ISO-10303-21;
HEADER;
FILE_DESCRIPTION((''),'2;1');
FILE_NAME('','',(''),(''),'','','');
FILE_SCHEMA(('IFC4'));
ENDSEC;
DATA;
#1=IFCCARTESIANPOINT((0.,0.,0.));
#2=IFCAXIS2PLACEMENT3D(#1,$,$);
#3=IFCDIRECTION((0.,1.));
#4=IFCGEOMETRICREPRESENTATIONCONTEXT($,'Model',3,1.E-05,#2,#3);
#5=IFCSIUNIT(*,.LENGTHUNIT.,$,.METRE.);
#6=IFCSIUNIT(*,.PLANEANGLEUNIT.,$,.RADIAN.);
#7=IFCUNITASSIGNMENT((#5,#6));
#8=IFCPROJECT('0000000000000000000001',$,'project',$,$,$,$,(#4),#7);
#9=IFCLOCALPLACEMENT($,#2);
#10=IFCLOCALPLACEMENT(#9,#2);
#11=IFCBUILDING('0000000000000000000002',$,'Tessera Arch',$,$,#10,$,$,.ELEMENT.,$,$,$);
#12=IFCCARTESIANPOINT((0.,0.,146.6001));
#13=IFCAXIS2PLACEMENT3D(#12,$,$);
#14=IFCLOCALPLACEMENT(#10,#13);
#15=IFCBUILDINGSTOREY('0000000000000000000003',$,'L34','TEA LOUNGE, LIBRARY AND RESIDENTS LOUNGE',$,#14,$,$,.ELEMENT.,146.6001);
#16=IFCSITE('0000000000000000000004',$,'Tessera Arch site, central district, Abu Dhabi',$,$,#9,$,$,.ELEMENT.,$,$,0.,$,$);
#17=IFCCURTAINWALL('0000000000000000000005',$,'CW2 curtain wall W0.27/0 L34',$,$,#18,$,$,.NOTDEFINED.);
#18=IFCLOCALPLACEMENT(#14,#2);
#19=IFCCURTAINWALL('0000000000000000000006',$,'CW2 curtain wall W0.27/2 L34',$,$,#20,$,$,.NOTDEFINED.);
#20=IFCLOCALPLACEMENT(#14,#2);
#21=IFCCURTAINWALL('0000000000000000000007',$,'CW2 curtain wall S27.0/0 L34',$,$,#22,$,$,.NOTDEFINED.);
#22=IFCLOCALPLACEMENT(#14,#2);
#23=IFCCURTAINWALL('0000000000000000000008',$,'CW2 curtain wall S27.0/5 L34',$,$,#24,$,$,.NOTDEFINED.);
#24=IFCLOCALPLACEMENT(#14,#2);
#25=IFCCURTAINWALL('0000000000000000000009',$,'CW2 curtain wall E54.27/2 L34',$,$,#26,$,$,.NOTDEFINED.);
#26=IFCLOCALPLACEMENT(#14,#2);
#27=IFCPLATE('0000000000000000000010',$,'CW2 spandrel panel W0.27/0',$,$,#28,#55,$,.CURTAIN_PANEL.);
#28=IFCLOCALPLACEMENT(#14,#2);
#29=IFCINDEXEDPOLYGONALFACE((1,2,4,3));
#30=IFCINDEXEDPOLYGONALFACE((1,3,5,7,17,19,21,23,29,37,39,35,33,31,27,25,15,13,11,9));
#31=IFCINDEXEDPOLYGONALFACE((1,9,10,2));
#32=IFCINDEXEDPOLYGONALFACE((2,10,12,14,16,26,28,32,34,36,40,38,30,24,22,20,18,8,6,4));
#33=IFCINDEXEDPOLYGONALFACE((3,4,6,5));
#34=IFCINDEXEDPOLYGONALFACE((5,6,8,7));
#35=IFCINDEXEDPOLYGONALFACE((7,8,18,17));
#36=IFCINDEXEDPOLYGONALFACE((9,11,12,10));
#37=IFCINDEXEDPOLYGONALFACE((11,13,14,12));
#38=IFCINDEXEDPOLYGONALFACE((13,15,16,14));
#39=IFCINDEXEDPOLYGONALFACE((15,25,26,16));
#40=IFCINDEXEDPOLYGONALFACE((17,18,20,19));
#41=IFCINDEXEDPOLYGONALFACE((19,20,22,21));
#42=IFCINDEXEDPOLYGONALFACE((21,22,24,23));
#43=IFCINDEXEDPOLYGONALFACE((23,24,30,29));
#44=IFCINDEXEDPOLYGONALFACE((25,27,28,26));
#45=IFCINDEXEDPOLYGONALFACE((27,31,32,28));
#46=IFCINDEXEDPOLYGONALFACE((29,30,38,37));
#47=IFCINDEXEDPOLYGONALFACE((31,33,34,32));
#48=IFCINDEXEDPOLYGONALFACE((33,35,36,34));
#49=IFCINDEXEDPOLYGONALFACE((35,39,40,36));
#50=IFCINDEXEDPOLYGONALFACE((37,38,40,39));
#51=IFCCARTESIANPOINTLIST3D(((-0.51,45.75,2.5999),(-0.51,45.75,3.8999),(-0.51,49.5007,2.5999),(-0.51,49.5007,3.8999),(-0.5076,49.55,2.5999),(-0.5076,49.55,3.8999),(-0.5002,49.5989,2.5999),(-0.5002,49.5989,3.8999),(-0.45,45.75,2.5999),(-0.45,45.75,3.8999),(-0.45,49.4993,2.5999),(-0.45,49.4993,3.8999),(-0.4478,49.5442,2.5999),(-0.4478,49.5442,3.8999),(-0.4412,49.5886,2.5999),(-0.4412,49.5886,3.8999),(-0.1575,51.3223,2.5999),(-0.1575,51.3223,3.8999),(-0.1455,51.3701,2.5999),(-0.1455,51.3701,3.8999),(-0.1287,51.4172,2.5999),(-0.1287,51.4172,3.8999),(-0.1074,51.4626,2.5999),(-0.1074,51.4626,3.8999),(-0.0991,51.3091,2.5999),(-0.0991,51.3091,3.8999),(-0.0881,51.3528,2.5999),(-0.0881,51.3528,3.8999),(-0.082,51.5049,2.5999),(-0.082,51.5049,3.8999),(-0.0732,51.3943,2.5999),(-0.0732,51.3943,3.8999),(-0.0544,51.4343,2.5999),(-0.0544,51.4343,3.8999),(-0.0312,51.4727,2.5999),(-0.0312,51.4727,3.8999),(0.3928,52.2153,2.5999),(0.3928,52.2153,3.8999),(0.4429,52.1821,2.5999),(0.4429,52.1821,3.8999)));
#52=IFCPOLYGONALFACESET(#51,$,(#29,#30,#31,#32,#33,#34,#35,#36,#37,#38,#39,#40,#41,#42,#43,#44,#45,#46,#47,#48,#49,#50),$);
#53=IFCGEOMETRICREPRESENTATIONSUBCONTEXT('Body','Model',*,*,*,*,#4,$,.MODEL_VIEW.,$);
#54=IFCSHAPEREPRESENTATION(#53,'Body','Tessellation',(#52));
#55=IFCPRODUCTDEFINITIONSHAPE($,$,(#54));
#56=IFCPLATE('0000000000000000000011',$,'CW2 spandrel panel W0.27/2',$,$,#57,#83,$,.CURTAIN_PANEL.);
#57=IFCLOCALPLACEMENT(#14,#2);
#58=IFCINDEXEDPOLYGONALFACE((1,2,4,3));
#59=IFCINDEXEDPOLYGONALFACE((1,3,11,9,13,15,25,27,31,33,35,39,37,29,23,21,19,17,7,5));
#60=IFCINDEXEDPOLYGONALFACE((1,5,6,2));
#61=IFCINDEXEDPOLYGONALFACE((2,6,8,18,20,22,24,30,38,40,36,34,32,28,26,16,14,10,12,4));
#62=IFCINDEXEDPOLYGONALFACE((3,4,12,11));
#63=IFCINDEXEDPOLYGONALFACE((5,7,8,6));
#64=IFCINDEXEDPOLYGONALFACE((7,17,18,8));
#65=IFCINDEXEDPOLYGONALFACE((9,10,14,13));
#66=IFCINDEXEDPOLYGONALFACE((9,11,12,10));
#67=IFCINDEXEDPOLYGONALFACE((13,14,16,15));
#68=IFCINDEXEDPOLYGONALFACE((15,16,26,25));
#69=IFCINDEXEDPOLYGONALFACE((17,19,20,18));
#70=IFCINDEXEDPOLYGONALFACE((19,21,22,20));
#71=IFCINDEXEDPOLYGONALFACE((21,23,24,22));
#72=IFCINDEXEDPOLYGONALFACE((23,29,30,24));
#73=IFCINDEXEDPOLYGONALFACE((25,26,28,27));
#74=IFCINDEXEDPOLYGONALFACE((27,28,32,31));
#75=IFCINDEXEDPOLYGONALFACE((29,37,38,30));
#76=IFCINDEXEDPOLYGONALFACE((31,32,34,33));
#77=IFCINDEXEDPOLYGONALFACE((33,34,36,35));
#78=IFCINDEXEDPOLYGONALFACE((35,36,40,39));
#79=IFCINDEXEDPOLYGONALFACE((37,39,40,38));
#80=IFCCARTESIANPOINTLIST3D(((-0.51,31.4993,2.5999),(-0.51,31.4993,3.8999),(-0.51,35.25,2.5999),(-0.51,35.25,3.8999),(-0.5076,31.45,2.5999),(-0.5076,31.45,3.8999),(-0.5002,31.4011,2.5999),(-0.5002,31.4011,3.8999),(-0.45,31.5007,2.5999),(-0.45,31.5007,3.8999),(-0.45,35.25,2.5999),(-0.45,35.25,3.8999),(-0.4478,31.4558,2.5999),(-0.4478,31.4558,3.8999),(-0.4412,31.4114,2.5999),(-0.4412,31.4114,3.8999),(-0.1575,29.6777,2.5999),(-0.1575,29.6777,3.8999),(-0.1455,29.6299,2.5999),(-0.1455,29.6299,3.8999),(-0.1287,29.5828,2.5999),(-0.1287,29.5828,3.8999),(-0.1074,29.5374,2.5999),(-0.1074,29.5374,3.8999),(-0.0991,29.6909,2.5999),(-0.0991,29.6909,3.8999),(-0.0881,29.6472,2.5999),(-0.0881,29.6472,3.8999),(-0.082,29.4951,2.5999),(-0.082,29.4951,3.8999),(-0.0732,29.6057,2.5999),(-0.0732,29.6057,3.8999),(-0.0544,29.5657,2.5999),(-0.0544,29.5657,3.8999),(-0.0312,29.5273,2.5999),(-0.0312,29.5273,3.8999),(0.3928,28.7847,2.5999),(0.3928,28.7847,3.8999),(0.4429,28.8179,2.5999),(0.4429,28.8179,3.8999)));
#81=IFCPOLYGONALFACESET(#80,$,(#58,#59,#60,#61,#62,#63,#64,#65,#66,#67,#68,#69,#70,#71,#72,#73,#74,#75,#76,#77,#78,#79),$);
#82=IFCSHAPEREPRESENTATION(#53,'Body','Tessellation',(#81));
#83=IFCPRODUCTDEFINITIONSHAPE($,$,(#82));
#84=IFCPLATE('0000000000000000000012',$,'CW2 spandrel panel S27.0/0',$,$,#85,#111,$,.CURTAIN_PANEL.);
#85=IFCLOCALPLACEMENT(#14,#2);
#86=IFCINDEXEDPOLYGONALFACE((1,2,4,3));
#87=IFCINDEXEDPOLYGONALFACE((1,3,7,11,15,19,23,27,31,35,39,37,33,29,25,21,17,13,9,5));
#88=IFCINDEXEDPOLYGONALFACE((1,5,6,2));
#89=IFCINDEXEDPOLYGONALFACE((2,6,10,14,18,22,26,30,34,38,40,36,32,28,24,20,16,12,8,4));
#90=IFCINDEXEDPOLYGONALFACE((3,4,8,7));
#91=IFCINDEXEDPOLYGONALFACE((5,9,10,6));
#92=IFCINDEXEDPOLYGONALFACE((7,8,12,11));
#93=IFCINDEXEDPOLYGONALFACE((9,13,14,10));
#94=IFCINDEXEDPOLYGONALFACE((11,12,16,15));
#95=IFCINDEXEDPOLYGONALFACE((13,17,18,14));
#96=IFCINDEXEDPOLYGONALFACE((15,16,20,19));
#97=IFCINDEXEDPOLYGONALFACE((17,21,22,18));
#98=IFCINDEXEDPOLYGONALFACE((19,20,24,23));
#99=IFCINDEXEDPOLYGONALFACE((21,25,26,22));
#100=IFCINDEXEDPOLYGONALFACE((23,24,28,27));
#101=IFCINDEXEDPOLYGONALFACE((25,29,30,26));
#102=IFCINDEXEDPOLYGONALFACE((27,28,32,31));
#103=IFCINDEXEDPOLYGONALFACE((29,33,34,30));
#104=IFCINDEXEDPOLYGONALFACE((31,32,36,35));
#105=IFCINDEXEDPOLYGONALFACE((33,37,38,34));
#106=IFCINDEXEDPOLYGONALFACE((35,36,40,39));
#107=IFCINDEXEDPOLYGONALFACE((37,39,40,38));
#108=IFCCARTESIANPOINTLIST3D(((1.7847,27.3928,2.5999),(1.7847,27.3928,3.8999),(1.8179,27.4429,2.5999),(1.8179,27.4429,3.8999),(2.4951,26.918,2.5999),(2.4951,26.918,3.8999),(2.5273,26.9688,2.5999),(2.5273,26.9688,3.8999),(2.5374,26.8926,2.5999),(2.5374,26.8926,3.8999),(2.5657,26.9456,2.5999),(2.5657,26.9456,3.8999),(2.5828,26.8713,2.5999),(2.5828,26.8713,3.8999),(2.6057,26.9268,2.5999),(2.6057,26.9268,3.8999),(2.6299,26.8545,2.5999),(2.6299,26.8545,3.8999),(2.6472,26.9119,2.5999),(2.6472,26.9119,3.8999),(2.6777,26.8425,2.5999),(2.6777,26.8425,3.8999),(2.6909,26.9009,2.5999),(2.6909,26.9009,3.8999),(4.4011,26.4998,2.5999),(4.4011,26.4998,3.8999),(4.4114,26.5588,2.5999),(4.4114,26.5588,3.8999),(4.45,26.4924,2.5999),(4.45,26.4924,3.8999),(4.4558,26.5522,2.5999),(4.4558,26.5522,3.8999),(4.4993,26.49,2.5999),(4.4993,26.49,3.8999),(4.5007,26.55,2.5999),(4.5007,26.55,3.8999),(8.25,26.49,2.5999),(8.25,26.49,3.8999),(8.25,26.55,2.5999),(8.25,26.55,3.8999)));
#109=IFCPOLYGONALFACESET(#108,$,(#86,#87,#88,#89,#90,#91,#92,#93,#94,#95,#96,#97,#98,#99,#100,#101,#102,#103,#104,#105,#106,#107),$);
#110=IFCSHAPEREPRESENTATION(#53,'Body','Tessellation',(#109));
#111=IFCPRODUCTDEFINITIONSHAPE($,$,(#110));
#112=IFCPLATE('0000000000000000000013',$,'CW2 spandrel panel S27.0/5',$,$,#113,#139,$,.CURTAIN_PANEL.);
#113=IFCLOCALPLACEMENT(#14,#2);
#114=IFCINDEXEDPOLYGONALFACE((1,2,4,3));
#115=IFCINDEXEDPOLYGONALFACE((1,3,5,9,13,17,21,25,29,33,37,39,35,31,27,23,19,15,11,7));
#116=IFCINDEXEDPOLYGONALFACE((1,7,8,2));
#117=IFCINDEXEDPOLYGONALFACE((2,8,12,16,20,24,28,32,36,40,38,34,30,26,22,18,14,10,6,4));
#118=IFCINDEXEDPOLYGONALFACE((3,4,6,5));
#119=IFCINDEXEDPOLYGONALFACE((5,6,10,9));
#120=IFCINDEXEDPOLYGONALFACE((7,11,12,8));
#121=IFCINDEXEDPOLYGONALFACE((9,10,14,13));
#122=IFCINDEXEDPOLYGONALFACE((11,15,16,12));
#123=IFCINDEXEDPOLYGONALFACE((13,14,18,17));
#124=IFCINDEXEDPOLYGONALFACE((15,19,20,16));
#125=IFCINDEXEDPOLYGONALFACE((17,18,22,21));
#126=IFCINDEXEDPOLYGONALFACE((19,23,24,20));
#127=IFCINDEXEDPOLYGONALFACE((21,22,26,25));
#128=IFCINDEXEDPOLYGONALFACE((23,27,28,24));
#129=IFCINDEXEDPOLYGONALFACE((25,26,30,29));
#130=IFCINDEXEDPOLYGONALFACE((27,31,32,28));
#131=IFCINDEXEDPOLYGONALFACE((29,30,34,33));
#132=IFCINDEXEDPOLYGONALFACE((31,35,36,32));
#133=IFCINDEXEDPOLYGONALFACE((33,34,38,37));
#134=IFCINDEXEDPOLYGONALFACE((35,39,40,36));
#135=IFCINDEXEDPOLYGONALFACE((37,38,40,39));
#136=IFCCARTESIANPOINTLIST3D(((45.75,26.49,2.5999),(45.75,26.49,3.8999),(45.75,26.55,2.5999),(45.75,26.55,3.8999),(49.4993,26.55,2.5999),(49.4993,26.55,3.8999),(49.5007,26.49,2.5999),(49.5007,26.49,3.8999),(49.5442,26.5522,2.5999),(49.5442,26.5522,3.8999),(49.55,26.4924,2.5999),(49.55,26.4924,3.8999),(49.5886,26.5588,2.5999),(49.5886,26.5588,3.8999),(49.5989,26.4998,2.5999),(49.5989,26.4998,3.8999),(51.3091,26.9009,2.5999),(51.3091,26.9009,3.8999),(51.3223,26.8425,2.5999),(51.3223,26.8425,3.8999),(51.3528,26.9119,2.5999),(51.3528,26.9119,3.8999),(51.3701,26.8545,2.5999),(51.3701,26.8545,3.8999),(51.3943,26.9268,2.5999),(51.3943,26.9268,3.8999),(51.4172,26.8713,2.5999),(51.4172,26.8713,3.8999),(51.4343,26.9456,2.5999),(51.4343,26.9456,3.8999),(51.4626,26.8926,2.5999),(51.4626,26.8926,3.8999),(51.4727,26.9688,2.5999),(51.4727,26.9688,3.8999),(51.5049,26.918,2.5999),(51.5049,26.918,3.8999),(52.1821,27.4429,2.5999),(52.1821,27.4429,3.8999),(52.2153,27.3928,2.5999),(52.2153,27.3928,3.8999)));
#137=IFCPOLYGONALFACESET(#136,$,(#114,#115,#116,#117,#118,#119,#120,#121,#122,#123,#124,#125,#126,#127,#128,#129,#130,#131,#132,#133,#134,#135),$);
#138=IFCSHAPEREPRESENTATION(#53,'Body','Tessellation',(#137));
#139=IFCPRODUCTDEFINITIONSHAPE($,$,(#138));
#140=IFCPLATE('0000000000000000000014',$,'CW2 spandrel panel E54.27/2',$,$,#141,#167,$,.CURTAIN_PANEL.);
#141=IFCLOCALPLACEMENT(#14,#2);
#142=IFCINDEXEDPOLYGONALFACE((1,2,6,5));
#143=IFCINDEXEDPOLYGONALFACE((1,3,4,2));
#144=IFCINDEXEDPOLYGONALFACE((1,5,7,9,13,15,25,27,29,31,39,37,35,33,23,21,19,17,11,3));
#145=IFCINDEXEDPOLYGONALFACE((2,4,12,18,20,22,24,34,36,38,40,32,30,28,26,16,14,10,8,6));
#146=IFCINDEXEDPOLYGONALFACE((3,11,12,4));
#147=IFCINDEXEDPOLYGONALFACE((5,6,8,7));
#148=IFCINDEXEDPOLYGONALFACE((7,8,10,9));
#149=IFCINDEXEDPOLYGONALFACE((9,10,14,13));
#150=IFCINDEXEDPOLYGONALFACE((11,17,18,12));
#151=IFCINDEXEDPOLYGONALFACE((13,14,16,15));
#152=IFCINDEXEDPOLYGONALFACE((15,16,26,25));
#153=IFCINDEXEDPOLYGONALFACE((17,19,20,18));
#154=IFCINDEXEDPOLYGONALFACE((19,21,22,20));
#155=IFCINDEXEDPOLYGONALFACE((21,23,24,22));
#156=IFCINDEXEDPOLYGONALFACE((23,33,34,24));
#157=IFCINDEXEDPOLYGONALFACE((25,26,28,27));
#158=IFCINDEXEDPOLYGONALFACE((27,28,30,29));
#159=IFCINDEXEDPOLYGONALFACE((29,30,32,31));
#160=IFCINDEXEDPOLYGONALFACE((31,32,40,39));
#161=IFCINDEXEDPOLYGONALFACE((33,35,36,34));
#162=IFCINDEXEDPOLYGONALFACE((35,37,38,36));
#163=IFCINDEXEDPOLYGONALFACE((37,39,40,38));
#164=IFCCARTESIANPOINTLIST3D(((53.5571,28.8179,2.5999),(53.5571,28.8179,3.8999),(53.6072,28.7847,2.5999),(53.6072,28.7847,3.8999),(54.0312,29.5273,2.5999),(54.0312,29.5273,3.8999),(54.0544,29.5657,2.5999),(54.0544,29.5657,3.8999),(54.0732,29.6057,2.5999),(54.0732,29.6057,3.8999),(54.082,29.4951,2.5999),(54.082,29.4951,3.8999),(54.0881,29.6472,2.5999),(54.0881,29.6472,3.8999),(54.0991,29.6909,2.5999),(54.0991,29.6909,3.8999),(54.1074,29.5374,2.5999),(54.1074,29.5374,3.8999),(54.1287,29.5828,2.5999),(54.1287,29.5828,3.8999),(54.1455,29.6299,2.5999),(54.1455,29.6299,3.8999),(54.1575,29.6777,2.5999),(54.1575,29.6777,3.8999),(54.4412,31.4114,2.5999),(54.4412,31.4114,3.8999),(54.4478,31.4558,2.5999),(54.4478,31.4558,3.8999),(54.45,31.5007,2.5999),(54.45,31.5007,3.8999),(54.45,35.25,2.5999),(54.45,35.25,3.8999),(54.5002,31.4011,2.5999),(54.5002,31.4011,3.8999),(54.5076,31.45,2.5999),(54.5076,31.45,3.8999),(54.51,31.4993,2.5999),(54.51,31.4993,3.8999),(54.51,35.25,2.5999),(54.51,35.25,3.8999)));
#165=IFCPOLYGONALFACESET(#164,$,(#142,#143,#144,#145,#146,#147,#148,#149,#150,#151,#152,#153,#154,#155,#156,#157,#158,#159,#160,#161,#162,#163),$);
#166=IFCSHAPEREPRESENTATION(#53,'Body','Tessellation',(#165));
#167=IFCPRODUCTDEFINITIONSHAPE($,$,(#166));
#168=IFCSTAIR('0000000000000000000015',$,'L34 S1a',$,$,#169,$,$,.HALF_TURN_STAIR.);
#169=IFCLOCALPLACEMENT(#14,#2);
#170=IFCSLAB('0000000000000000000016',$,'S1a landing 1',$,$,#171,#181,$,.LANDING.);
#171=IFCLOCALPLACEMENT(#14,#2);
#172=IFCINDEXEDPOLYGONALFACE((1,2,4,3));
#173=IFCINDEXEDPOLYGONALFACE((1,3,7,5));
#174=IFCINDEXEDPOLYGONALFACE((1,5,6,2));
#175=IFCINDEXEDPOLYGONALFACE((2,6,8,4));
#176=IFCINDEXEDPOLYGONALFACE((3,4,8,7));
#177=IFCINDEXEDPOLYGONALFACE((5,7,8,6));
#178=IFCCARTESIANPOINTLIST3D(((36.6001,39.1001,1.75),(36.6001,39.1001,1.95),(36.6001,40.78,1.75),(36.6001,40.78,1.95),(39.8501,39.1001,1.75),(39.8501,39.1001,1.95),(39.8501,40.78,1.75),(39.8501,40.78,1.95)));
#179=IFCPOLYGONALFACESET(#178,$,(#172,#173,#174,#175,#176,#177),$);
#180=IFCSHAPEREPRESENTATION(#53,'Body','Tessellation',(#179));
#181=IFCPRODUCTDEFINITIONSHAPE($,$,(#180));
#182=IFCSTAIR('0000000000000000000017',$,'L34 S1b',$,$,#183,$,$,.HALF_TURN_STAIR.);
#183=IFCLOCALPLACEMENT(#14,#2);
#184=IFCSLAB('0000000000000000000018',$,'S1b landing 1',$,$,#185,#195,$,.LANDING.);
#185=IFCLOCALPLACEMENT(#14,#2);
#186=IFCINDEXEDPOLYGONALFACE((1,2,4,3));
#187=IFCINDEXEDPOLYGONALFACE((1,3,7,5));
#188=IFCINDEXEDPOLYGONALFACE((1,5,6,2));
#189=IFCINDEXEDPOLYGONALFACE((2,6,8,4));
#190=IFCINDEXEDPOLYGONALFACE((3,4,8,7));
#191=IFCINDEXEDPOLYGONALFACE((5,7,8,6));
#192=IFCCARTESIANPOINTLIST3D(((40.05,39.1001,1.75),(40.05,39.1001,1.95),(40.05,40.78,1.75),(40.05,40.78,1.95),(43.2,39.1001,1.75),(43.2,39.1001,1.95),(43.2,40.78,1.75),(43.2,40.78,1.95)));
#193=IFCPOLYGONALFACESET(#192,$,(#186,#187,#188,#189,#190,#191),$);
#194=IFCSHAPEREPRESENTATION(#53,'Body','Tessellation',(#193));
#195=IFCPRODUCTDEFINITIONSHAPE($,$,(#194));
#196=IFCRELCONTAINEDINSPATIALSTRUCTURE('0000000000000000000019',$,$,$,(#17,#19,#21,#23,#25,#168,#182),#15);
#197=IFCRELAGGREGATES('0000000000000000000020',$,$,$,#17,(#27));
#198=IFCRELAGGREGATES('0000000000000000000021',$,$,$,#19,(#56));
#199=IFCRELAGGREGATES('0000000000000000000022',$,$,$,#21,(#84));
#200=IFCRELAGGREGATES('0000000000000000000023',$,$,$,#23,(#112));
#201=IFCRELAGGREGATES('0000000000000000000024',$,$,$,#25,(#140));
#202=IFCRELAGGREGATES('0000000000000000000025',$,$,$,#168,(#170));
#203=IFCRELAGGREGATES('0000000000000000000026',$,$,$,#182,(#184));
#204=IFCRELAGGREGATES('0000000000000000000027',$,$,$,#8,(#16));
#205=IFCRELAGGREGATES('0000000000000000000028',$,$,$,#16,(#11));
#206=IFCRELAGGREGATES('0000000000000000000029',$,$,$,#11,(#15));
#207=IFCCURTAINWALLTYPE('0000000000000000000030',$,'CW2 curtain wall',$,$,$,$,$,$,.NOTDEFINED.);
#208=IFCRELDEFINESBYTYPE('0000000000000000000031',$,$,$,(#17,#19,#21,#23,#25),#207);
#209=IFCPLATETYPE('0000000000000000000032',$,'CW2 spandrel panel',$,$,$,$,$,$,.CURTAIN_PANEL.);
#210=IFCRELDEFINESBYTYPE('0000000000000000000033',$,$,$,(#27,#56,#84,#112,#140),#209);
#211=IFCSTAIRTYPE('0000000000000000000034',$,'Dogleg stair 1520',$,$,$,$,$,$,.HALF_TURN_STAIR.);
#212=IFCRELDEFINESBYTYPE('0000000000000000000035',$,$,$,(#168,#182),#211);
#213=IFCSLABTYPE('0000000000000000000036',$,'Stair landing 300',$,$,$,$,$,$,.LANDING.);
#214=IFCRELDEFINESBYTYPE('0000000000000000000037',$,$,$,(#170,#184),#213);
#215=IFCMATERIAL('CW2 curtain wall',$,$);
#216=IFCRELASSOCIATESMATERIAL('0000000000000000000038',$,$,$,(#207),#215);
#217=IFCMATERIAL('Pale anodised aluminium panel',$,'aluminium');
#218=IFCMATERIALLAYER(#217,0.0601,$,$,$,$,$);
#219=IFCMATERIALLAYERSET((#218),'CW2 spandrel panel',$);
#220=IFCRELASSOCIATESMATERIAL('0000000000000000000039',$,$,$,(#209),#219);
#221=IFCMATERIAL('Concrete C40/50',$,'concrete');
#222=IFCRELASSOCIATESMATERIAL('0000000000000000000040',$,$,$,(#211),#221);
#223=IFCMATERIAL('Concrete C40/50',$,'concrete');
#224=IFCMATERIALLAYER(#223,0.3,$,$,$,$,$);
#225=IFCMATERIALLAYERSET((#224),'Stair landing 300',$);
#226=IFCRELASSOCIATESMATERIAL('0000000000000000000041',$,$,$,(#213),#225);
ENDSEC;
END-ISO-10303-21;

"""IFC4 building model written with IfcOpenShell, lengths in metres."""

from ifc_helpers import new_model, si_unit, direction, frame, origin, place, context, subcontext, project, spatial, polyline, outline, extrude, material, layer, layer_set, type_object, element, aggregate, save


model = new_model("IFC4")

# Units and contexts
model_context = context("Model", 3, precision=1e-05, world=origin(), true_north=direction((0.0, 1.0)))
body_context = subcontext(model_context, "Body", "Model", "MODEL_VIEW")
ifc_project = project(units=[si_unit("LENGTHUNIT", "METRE"), si_unit("PLANEANGLEUNIT", "RADIAN")], contexts=[model_context])

# Site, building, storey
site_placement = place(None, origin())
site = spatial("IfcSite", under=ifc_project, at=site_placement, Name="Tessera Arch site, central district, Abu Dhabi", CompositionType="ELEMENT", RefElevation=0.0)
building_placement = place(site_placement, origin())
building = spatial("IfcBuilding", under=site, at=building_placement, Name="Tessera Arch", CompositionType="ELEMENT")
storey_placement = place(building_placement, frame((0.0, 0.0, 146.6001)))
storey = spatial("IfcBuildingStorey", under=building, at=storey_placement, Name="L34", Description="TEA LOUNGE, LIBRARY AND RESIDENTS LOUNGE", CompositionType="ELEMENT", Elevation=146.6001)

# Curtain walls
ifc_material_1 = material(Name="CW2 curtain wall")
curtain_wall_type_1 = type_object("IfcCurtainWallType", Name="CW2 curtain wall", PredefinedType="NOTDEFINED", material=ifc_material_1)
curtain_wall_1_placement = place(storey_placement, origin())
curtain_wall_1 = element("IfcCurtainWall", 1, at=curtain_wall_1_placement, inside=storey, type_object=curtain_wall_type_1, Name="CW2 curtain wall W0.27/0 L34", PredefinedType="NOTDEFINED")
curtain_wall_2_placement = place(storey_placement, origin())
curtain_wall_2 = element("IfcCurtainWall", 2, at=curtain_wall_2_placement, inside=storey, type_object=curtain_wall_type_1, Name="CW2 curtain wall W0.27/2 L34", PredefinedType="NOTDEFINED")
curtain_wall_3_placement = place(storey_placement, origin())
curtain_wall_3 = element("IfcCurtainWall", 3, at=curtain_wall_3_placement, inside=storey, type_object=curtain_wall_type_1, Name="CW2 curtain wall S27.0/0 L34", PredefinedType="NOTDEFINED")
curtain_wall_4_placement = place(storey_placement, origin())
curtain_wall_4 = element("IfcCurtainWall", 4, at=curtain_wall_4_placement, inside=storey, type_object=curtain_wall_type_1, Name="CW2 curtain wall S27.0/5 L34", PredefinedType="NOTDEFINED")
curtain_wall_5_placement = place(storey_placement, origin())
curtain_wall_5 = element("IfcCurtainWall", 5, at=curtain_wall_5_placement, inside=storey, type_object=curtain_wall_type_1, Name="CW2 curtain wall E54.27/2 L34", PredefinedType="NOTDEFINED")

# Plates
ifc_material_2 = material(Name="Pale anodised aluminium panel", Category="aluminium")
ifc_layer_1 = layer(ifc_material_2, 0.0601)
ifc_layer_set_1 = layer_set([ifc_layer_1], Name="CW2 spandrel panel")
plate_type_1 = type_object("IfcPlateType", Name="CW2 spandrel panel", PredefinedType="CURTAIN_PANEL", material=ifc_layer_set_1)
plate_1_placement = place(storey_placement, frame((0.0, 0.0, 2.5999)))
plate_1 = element("IfcPlate", 6, at=plate_1_placement, type_object=plate_type_1, Name="CW2 spandrel panel W0.27/0", PredefinedType="CURTAIN_PANEL", context=body_context, shape_type="SweptSolid", body=[
    extrude(outline(polyline([(-0.0312, 51.4727), (0.4429, 52.1821), (0.3928, 52.2153), (-0.082, 51.5049), (-0.1074, 51.4626), (-0.1287, 51.4172), (-0.1455, 51.3701), (-0.1575, 51.3223), (-0.5002, 49.5989), (-0.5076, 49.55), (-0.51, 49.5007), (-0.51, 45.75), (-0.45, 45.75), (-0.45, 49.4993), (-0.4478, 49.5442), (-0.4412, 49.5886), (-0.0991, 51.3091), (-0.0881, 51.3528), (-0.0732, 51.3943), (-0.0544, 51.4343), (-0.0312, 51.4727)])), origin(), (0.0, 0.0, 1.0), 1.3),
])
aggregate(curtain_wall_1, [plate_1])
plate_2_placement = place(storey_placement, frame((0.0, 0.0, 2.5999)))
plate_2 = element("IfcPlate", 7, at=plate_2_placement, type_object=plate_type_1, Name="CW2 spandrel panel W0.27/2", PredefinedType="CURTAIN_PANEL", context=body_context, shape_type="SweptSolid", body=[
    extrude(outline(polyline([(-0.45, 31.5007), (-0.45, 35.25), (-0.51, 35.25), (-0.51, 31.4993), (-0.5076, 31.45), (-0.5002, 31.4011), (-0.1575, 29.6777), (-0.1455, 29.6299), (-0.1287, 29.5828), (-0.1074, 29.5374), (-0.082, 29.4951), (0.3928, 28.7847), (0.4429, 28.8179), (-0.0312, 29.5273), (-0.0544, 29.5657), (-0.0732, 29.6057), (-0.0881, 29.6472), (-0.0991, 29.6909), (-0.4412, 31.4114), (-0.4478, 31.4558), (-0.45, 31.5007)])), origin(), (0.0, 0.0, 1.0), 1.3),
])
aggregate(curtain_wall_2, [plate_2])
plate_3_placement = place(storey_placement, frame((0.0, 0.0, 2.5999)))
plate_3 = element("IfcPlate", 8, at=plate_3_placement, type_object=plate_type_1, Name="CW2 spandrel panel S27.0/0", PredefinedType="CURTAIN_PANEL", context=body_context, shape_type="SweptSolid", body=[
    extrude(outline(polyline([(2.5273, 26.9688), (1.8179, 27.4429), (1.7847, 27.3928), (2.4951, 26.918), (2.5374, 26.8926), (2.5828, 26.8713), (2.6299, 26.8545), (2.6777, 26.8425), (4.4011, 26.4998), (4.45, 26.4924), (4.4993, 26.49), (8.25, 26.49), (8.25, 26.55), (4.5007, 26.55), (4.4558, 26.5522), (4.4114, 26.5588), (2.6909, 26.9009), (2.6472, 26.9119), (2.6057, 26.9268), (2.5657, 26.9456), (2.5273, 26.9688)])), origin(), (0.0, 0.0, 1.0), 1.3),
])
aggregate(curtain_wall_3, [plate_3])
plate_4_placement = place(storey_placement, frame((0.0, 0.0, 2.5999)))
plate_4 = element("IfcPlate", 9, at=plate_4_placement, type_object=plate_type_1, Name="CW2 spandrel panel S27.0/5", PredefinedType="CURTAIN_PANEL", context=body_context, shape_type="SweptSolid", body=[
    extrude(outline(polyline([(49.4993, 26.55), (45.75, 26.55), (45.75, 26.49), (49.5007, 26.49), (49.55, 26.4924), (49.5989, 26.4998), (51.3223, 26.8425), (51.3701, 26.8545), (51.4172, 26.8713), (51.4626, 26.8926), (51.5049, 26.918), (52.2153, 27.3928), (52.1821, 27.4429), (51.4727, 26.9688), (51.4343, 26.9456), (51.3943, 26.9268), (51.3528, 26.9119), (51.3091, 26.9009), (49.5886, 26.5588), (49.5442, 26.5522), (49.4993, 26.55)])), origin(), (0.0, 0.0, 1.0), 1.3),
])
aggregate(curtain_wall_4, [plate_4])
plate_5_placement = place(storey_placement, frame((0.0, 0.0, 2.5999)))
plate_5 = element("IfcPlate", 10, at=plate_5_placement, type_object=plate_type_1, Name="CW2 spandrel panel E54.27/2", PredefinedType="CURTAIN_PANEL", context=body_context, shape_type="SweptSolid", body=[
    extrude(outline(polyline([(54.0312, 29.5273), (53.5571, 28.8179), (53.6072, 28.7847), (54.082, 29.4951), (54.1074, 29.5374), (54.1287, 29.5828), (54.1455, 29.6299), (54.1575, 29.6777), (54.5002, 31.4011), (54.5076, 31.45), (54.51, 31.4993), (54.51, 35.25), (54.45, 35.25), (54.45, 31.5007), (54.4478, 31.4558), (54.4412, 31.4114), (54.0991, 29.6909), (54.0881, 29.6472), (54.0732, 29.6057), (54.0544, 29.5657), (54.0312, 29.5273)])), origin(), (0.0, 0.0, 1.0), 1.3),
])
aggregate(curtain_wall_5, [plate_5])

# Stairs, slabs
ifc_material_3 = material(Name="Concrete C40/50", Category="concrete")
stair_type_1 = type_object("IfcStairType", Name="Dogleg stair 1520", PredefinedType="HALF_TURN_STAIR", material=ifc_material_3)
stair_1_placement = place(storey_placement, origin())
stair_1 = element("IfcStair", 11, at=stair_1_placement, inside=storey, type_object=stair_type_1, Name="L34 S1a", PredefinedType="HALF_TURN_STAIR")
ifc_material_4 = material(Name="Concrete C40/50", Category="concrete")
ifc_layer_2 = layer(ifc_material_4, 0.3)
ifc_layer_set_2 = layer_set([ifc_layer_2], Name="Stair landing 300")
slab_type_1 = type_object("IfcSlabType", Name="Stair landing 300", PredefinedType="LANDING", material=ifc_layer_set_2)
slab_1_placement = place(storey_placement, frame((0.0, 0.0, 1.75)))
slab_1 = element("IfcSlab", 12, at=slab_1_placement, type_object=slab_type_1, Name="S1a landing 1", PredefinedType="LANDING", context=body_context, shape_type="SweptSolid", body=[
    extrude(outline(polyline([(36.6001, 40.78), (36.6001, 39.1001), (39.8501, 39.1001), (39.8501, 40.78), (36.6001, 40.78)])), origin(), (0.0, 0.0, 1.0), 0.2),
])
aggregate(stair_1, [slab_1])
stair_2_placement = place(storey_placement, origin())
stair_2 = element("IfcStair", 13, at=stair_2_placement, inside=storey, type_object=stair_type_1, Name="L34 S1b", PredefinedType="HALF_TURN_STAIR")
slab_2_placement = place(storey_placement, frame((0.0, 0.0, 1.75)))
slab_2 = element("IfcSlab", 14, at=slab_2_placement, type_object=slab_type_1, Name="S1b landing 1", PredefinedType="LANDING", context=body_context, shape_type="SweptSolid", body=[
    extrude(outline(polyline([(40.05, 40.78), (40.05, 39.1001), (43.2, 39.1001), (43.2, 40.78), (40.05, 40.78)])), origin(), (0.0, 0.0, 1.0), 0.2),
])
aggregate(stair_2, [slab_2])

save(model, "model.ifc")
